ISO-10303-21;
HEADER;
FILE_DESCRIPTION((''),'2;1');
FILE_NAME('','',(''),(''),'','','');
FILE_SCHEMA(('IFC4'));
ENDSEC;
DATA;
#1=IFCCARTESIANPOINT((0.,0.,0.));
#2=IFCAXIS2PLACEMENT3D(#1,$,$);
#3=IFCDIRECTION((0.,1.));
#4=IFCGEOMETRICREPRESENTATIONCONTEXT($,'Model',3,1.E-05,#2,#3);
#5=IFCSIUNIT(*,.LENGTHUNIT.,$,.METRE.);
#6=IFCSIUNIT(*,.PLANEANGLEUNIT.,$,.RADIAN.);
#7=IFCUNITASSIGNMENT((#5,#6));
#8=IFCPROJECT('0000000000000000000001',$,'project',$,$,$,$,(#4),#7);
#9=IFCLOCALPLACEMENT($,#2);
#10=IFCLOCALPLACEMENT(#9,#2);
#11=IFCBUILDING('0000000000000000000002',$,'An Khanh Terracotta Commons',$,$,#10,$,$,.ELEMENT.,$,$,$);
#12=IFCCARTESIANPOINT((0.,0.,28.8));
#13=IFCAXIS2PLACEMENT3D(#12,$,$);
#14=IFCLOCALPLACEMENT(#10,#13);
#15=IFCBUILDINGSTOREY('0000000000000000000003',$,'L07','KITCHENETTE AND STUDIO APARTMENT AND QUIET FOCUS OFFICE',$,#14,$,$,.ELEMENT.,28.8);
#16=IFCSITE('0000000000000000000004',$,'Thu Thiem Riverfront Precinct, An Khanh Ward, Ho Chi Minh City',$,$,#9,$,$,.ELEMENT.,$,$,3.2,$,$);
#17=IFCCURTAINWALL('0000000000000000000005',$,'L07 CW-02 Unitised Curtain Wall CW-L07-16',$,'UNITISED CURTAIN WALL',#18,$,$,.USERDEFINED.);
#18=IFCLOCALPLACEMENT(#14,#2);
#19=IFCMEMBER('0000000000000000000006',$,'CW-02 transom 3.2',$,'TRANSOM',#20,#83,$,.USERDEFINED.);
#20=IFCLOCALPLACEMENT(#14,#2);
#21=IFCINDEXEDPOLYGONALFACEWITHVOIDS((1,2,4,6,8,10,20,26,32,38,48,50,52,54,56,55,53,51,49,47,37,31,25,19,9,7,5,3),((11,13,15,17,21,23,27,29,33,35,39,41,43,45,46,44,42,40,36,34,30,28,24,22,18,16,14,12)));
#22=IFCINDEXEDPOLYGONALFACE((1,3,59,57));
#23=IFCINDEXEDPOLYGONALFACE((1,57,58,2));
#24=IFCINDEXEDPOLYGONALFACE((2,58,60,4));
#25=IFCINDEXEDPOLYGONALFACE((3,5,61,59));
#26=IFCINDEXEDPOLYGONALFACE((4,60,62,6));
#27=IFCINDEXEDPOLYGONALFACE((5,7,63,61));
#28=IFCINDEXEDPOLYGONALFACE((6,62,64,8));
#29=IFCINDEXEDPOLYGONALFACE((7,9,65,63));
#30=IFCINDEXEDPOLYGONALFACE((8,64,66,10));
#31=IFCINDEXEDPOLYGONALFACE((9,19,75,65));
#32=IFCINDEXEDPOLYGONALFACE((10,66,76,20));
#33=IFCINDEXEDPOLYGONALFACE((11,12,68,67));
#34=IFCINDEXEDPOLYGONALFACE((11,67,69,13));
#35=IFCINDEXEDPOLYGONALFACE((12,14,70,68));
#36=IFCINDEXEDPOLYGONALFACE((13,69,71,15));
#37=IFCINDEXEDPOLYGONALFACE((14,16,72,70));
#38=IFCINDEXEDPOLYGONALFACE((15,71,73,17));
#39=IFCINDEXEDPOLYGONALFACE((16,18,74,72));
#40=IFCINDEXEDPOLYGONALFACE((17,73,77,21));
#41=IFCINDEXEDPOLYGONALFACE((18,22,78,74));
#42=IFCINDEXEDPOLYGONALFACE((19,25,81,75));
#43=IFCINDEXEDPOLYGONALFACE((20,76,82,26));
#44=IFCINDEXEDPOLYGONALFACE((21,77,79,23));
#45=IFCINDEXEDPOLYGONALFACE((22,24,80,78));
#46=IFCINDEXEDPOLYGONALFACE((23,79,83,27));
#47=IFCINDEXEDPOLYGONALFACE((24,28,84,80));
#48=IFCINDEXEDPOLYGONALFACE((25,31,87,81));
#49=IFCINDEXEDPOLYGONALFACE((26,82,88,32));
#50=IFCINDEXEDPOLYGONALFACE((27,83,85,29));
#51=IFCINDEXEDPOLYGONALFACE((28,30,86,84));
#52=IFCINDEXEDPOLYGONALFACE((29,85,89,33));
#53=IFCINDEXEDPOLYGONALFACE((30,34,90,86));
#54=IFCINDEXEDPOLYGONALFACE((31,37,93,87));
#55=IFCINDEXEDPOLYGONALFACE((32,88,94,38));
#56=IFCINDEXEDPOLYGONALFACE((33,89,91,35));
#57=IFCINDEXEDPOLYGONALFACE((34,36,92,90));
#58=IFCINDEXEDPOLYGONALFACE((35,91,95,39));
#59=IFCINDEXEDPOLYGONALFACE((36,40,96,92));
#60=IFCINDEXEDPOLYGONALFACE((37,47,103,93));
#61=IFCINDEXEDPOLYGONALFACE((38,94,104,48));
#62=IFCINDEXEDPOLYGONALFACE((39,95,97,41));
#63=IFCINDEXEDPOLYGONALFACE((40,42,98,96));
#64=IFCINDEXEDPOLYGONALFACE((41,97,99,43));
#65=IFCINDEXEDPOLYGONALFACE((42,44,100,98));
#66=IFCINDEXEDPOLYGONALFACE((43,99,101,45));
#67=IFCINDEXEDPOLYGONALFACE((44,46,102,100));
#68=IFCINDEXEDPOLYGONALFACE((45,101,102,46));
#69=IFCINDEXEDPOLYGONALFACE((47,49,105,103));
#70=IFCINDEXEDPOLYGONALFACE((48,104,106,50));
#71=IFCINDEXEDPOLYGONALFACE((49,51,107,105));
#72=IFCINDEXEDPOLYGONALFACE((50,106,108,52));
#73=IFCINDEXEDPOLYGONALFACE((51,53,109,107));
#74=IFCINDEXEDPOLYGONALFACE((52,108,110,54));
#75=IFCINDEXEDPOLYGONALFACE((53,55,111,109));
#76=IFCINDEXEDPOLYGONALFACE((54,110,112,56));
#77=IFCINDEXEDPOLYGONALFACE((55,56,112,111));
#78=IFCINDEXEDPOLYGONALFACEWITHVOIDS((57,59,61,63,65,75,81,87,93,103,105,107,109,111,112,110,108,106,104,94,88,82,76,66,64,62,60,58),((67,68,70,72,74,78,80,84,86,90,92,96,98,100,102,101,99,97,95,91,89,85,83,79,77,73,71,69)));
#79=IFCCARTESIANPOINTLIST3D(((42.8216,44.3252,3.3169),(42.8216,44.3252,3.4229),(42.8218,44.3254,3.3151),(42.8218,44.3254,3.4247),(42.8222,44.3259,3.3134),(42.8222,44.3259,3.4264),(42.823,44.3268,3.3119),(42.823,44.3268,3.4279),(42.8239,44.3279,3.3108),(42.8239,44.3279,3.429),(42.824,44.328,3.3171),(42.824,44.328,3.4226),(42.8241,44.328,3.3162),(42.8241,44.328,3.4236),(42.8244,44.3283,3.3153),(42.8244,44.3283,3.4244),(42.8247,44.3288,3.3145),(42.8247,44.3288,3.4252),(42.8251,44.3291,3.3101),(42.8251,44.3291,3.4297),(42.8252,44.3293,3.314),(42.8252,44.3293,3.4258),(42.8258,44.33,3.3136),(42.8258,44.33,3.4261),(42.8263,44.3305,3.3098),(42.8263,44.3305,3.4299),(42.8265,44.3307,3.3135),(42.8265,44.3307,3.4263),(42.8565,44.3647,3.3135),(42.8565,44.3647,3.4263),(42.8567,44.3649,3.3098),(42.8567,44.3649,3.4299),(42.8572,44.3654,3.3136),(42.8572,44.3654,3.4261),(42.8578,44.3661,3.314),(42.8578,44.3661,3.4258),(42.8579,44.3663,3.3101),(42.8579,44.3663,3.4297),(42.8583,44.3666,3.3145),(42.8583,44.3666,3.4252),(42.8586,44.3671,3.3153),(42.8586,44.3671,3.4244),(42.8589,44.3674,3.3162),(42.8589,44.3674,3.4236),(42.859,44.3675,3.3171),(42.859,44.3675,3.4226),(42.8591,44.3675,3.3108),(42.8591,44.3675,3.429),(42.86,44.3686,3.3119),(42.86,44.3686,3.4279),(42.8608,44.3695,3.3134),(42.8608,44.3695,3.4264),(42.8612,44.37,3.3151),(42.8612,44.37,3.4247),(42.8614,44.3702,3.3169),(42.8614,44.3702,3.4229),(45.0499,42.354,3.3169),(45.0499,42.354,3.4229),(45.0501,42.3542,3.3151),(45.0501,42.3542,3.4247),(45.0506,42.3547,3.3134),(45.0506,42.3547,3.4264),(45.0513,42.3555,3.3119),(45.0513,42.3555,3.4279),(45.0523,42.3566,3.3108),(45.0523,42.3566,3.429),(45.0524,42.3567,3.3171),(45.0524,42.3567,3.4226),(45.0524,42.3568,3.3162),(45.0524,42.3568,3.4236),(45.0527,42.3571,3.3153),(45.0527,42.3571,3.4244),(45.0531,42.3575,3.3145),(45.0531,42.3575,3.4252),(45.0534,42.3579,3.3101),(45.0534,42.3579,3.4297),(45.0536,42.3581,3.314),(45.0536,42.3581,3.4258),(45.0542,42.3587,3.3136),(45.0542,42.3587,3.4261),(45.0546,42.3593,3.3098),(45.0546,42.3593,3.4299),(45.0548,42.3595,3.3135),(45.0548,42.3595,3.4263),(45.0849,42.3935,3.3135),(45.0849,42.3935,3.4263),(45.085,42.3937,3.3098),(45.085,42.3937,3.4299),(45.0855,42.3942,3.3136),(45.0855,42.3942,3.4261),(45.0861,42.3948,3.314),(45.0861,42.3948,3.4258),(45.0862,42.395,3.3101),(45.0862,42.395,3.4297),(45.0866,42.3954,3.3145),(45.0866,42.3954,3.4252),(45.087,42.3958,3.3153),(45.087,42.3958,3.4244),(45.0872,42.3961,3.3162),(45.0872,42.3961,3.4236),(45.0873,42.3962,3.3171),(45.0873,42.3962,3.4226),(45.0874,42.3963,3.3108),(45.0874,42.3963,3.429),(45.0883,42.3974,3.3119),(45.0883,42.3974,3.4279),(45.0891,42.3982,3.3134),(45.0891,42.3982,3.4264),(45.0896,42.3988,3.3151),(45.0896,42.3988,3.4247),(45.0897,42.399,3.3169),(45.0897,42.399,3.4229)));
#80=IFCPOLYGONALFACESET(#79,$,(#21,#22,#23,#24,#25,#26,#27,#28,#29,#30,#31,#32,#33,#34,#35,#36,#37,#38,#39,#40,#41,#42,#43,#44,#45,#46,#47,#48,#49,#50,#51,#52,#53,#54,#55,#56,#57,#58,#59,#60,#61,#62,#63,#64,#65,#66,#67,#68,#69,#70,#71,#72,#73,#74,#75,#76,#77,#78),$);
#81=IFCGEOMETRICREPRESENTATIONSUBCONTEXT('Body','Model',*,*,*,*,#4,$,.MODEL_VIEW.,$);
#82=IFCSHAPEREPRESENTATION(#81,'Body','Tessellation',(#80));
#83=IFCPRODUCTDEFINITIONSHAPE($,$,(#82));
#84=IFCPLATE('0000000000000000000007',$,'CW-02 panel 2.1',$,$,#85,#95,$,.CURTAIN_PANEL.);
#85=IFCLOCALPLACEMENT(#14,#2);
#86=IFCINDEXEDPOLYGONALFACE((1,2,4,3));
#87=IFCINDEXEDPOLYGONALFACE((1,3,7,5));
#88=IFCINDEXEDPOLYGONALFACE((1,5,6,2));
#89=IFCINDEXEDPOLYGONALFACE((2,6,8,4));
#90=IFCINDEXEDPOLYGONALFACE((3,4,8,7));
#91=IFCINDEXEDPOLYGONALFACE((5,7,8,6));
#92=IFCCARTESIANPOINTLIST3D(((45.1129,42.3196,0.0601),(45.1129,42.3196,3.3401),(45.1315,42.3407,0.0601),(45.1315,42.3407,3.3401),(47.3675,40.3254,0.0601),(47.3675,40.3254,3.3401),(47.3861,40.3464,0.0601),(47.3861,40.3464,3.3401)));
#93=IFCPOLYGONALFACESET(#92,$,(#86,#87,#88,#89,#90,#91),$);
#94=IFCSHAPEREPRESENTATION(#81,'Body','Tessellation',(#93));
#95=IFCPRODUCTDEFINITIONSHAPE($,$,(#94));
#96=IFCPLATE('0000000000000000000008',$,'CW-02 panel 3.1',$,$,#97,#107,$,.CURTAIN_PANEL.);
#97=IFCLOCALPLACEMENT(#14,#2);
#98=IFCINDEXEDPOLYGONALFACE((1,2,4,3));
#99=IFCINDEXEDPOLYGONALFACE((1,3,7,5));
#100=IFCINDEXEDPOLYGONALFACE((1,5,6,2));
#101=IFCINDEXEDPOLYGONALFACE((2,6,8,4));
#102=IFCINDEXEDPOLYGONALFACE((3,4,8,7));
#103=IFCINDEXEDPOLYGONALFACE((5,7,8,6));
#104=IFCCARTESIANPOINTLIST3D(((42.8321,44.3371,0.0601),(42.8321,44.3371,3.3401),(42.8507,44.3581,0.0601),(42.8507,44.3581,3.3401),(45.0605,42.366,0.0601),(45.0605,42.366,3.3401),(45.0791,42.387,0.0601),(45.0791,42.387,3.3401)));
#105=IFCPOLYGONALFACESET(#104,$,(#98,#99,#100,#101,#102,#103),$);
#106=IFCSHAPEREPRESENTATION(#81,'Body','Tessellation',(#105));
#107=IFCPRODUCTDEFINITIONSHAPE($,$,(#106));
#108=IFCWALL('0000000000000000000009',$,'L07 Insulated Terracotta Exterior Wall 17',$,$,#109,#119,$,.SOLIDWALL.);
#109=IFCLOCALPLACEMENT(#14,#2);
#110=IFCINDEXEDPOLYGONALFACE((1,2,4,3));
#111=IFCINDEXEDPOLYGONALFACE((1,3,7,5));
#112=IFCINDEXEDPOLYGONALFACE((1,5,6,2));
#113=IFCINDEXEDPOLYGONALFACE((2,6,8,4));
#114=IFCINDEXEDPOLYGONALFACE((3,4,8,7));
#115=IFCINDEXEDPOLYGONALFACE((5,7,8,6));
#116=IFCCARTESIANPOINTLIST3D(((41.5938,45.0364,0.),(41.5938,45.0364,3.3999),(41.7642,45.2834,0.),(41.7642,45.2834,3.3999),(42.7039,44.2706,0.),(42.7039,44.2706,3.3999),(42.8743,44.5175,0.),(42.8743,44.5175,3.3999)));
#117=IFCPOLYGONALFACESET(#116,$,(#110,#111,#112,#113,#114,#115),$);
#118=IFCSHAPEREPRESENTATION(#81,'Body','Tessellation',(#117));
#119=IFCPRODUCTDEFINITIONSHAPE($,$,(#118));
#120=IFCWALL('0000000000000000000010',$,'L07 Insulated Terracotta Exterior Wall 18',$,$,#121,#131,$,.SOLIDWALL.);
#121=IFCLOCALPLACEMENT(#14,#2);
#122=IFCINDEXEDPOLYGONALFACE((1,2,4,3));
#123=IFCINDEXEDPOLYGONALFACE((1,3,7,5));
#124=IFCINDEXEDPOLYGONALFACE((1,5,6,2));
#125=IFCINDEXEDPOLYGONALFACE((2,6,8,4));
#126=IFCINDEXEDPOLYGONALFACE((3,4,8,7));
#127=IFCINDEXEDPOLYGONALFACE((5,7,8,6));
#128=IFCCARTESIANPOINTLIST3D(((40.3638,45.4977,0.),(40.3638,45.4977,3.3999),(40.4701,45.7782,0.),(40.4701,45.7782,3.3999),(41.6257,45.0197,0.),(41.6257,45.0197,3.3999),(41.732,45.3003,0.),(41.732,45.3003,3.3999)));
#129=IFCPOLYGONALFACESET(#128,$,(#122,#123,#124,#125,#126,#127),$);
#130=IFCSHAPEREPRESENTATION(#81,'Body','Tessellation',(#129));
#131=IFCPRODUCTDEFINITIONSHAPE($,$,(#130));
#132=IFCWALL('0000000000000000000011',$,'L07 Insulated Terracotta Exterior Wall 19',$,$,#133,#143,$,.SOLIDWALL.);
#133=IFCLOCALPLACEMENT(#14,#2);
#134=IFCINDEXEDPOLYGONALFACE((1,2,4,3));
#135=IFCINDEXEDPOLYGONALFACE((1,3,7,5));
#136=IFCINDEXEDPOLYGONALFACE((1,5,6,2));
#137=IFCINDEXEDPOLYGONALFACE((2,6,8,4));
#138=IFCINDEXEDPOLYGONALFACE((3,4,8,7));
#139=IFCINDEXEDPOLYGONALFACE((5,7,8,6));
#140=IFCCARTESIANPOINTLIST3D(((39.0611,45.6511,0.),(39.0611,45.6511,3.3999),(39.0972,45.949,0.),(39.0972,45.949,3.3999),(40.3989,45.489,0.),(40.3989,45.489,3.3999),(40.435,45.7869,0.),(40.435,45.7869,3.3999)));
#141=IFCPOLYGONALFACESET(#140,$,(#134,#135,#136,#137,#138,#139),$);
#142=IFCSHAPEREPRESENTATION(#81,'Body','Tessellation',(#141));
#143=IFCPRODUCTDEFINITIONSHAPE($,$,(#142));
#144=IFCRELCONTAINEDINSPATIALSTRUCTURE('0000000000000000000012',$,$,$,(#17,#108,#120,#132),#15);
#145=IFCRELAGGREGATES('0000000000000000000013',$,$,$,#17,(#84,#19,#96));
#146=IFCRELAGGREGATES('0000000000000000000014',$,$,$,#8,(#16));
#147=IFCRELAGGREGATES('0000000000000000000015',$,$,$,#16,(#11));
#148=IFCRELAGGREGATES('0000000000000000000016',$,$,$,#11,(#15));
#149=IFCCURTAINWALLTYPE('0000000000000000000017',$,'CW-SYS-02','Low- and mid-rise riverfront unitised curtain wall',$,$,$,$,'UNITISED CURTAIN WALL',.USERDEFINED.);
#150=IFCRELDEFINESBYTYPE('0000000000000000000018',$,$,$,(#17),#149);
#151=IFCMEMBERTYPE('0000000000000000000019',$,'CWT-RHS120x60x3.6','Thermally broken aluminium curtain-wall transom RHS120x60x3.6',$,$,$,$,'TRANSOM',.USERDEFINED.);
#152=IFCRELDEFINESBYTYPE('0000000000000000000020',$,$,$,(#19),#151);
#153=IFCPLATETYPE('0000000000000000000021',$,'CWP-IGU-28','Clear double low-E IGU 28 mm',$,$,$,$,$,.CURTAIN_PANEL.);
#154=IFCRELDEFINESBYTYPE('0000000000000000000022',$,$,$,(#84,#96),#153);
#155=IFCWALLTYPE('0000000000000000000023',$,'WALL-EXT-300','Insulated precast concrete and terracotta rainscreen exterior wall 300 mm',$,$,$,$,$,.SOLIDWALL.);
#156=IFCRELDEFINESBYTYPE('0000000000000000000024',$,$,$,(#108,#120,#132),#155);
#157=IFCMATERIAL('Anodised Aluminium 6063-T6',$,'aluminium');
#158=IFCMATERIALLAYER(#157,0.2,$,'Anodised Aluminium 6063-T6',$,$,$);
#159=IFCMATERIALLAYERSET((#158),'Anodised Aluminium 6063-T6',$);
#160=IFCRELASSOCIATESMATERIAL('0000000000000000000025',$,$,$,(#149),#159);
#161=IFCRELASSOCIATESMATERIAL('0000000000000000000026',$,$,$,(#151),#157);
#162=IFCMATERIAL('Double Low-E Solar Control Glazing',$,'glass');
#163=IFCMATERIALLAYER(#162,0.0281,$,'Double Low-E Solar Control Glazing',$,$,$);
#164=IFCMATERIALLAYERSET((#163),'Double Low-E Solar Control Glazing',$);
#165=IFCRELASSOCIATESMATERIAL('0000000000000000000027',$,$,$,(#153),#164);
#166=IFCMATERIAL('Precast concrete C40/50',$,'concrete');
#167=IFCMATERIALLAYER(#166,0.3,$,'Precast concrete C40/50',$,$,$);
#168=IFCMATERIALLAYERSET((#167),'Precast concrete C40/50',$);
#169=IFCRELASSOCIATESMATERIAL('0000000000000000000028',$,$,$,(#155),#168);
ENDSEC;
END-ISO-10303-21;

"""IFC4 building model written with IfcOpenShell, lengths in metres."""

from ifc_helpers import new_model, si_unit, direction, frame, frame_2d, origin, origin_2d, place, context, subcontext, project, spatial, rectangle, hollow_rectangle, extrude, material, layer, layer_set, material_profile, profile_set, type_object, element, aggregate, save


model = new_model("IFC4")

# Units and contexts
model_context = context("Model", 3, precision=1e-05, world=origin(), true_north=direction((0.0, 1.0)))
body_context = subcontext(model_context, "Body", "Model", "MODEL_VIEW")
ifc_project = project(units=[si_unit("LENGTHUNIT", "METRE"), si_unit("PLANEANGLEUNIT", "RADIAN")], contexts=[model_context])

# Site, building, storey
site_placement = place(None, origin())
site = spatial("IfcSite", under=ifc_project, at=site_placement, Name="Thu Thiem Riverfront Precinct, An Khanh Ward, Ho Chi Minh City", CompositionType="ELEMENT", RefElevation=3.2)
building_placement = place(site_placement, origin())
building = spatial("IfcBuilding", under=site, at=building_placement, Name="An Khanh Terracotta Commons", CompositionType="ELEMENT")
storey_placement = place(building_placement, frame((0.0, 0.0, 28.8)))
storey = spatial("IfcBuildingStorey", under=building, at=storey_placement, Name="L07", Description="KITCHENETTE AND STUDIO APARTMENT AND QUIET FOCUS OFFICE", CompositionType="ELEMENT", Elevation=28.8)

# Curtain wall, member, plates
ifc_material_1 = material(Name="Anodised Aluminium 6063-T6", Category="aluminium")
ifc_layer_1 = layer(ifc_material_1, 0.2, Name="Anodised Aluminium 6063-T6")
ifc_layer_set_1 = layer_set([ifc_layer_1], Name="Anodised Aluminium 6063-T6")
curtain_wall_type = type_object("IfcCurtainWallType", Name="CW-SYS-02", Description="Low- and mid-rise riverfront unitised curtain wall", ElementType="UNITISED CURTAIN WALL", PredefinedType="USERDEFINED", material=ifc_layer_set_1)
curtain_wall_placement = place(storey_placement, origin())
curtain_wall = element("IfcCurtainWall", 1, at=curtain_wall_placement, inside=storey, type_object=curtain_wall_type, Name="L07 CW-02 Unitised Curtain Wall CW-L07-16", ObjectType="UNITISED CURTAIN WALL", PredefinedType="USERDEFINED")
ifc_material_profile_1 = material_profile(ifc_material_1, hollow_rectangle(XDim=0.0601, YDim=0.1201, WallThickness=0.0037, InnerFilletRadius=0.0037, OuterFilletRadius=0.0071, at=origin_2d()), Name="RHS120x60x3.6")
ifc_profile_set_1 = profile_set([ifc_material_profile_1], Name="Anodised Aluminium 6063-T6")
member_type_1 = type_object("IfcMemberType", Name="CWT-RHS120x60x3.6", Description="Thermally broken aluminium curtain-wall transom RHS120x60x3.6", ElementType="TRANSOM", PredefinedType="USERDEFINED", material=ifc_profile_set_1)
member_1_placement = place(storey_placement, frame((45.0698, 42.3765, 3.3699), z_axis=(-0.748992, 0.662579, 0.0), x_axis=(-0.662579, -0.748992, 0.0)))
member_1 = element("IfcMember", 2, at=member_1_placement, type_object=member_type_1, Name="CW-02 transom 3.2", ObjectType="TRANSOM", PredefinedType="USERDEFINED", context=body_context, shape_type="SweptSolid", body=[
    extrude(hollow_rectangle(XDim=0.0601, YDim=0.1201, WallThickness=0.0037, InnerFilletRadius=0.0037, OuterFilletRadius=0.0071, at=origin_2d()), origin(), (0.0, 0.0, 1.0), 2.9751),
])
ifc_material_2 = material(Name="Double Low-E Solar Control Glazing", Category="glass")
ifc_layer_2 = layer(ifc_material_2, 0.0281, Name="Double Low-E Solar Control Glazing")
ifc_layer_set_2 = layer_set([ifc_layer_2], Name="Double Low-E Solar Control Glazing")
plate_type = type_object("IfcPlateType", Name="CWP-IGU-28", Description="Clear double low-E IGU 28 mm", PredefinedType="CURTAIN_PANEL", material=ifc_layer_set_2)
plate_1_placement = place(storey_placement, frame((46.2495, 41.333, 0.0601), z_axis=(0.0, 0.0, 1.0), x_axis=(-0.749019, 0.662548, 0.0)))
plate_1 = element("IfcPlate", 3, at=plate_1_placement, type_object=plate_type, Name="CW-02 panel 2.1", PredefinedType="CURTAIN_PANEL", context=body_context, shape_type="SweptSolid", body=[
    extrude(rectangle(XDim=3.01, YDim=0.0281, at=origin_2d()), origin(), (0.0, 0.0, 1.0), 3.28),
])
plate_2_placement = place(storey_placement, frame((43.9556, 43.3621, 0.0601), z_axis=(0.0, 0.0, 1.0), x_axis=(-0.749019, 0.662548, 0.0)))
plate_2 = element("IfcPlate", 4, at=plate_2_placement, type_object=plate_type, Name="CW-02 panel 3.1", PredefinedType="CURTAIN_PANEL", context=body_context, shape_type="SweptSolid", body=[
    extrude(rectangle(XDim=2.9751, YDim=0.0281, at=origin_2d()), origin(), (0.0, 0.0, 1.0), 3.28),
])
aggregate(curtain_wall, [plate_1, member_1, plate_2])

# Walls
ifc_material_3 = material(Name="Precast concrete C40/50", Category="concrete")
ifc_layer_3 = layer(ifc_material_3, 0.3, Name="Precast concrete C40/50")
ifc_layer_set_3 = layer_set([ifc_layer_3], Name="Precast concrete C40/50")
wall_type = type_object("IfcWallType", Name="WALL-EXT-300", Description="Insulated precast concrete and terracotta rainscreen exterior wall 300 mm", PredefinedType="SOLIDWALL", material=ifc_layer_set_3)
wall_1_placement = place(storey_placement, frame((42.7891, 44.394, 0.0), z_axis=(0.0, 0.0, 1.0), x_axis=(-0.823117, 0.567873, 0.0)))
element("IfcWall", 5, at=wall_1_placement, inside=storey, type_object=wall_type, Name="L07 Insulated Terracotta Exterior Wall 17", PredefinedType="SOLIDWALL", context=body_context, shape_type="SweptSolid", body=[
    extrude(rectangle(XDim=1.3486, YDim=0.3, at=frame_2d((0.6743, 0.0))), origin(), (0.0, 0.0, 1.0), 3.3999),
])
wall_2_placement = place(storey_placement, frame((41.679, 45.1599, 0.0), z_axis=(0.0, 0.0, 1.0), x_axis=(-0.935157, 0.354234, 0.0)))
element("IfcWall", 6, at=wall_2_placement, inside=storey, type_object=wall_type, Name="L07 Insulated Terracotta Exterior Wall 18", PredefinedType="SOLIDWALL", context=body_context, shape_type="SweptSolid", body=[
    extrude(rectangle(XDim=1.3494, YDim=0.3, at=frame_2d((0.6748, 0.0))), origin(), (0.0, 0.0, 1.0), 3.3999),
])
wall_3_placement = place(storey_placement, frame((40.417, 45.6379, 0.0), z_axis=(0.0, 0.0, 1.0), x_axis=(-0.992739, 0.120288, 0.0)))
element("IfcWall", 7, at=wall_3_placement, inside=storey, type_object=wall_type, Name="L07 Insulated Terracotta Exterior Wall 19", PredefinedType="SOLIDWALL", context=body_context, shape_type="SweptSolid", body=[
    extrude(rectangle(XDim=1.3477, YDim=0.3, at=frame_2d((0.6738, 0.0))), origin(), (0.0, 0.0, 1.0), 3.3999),
])

save(model, "model.ifc")
